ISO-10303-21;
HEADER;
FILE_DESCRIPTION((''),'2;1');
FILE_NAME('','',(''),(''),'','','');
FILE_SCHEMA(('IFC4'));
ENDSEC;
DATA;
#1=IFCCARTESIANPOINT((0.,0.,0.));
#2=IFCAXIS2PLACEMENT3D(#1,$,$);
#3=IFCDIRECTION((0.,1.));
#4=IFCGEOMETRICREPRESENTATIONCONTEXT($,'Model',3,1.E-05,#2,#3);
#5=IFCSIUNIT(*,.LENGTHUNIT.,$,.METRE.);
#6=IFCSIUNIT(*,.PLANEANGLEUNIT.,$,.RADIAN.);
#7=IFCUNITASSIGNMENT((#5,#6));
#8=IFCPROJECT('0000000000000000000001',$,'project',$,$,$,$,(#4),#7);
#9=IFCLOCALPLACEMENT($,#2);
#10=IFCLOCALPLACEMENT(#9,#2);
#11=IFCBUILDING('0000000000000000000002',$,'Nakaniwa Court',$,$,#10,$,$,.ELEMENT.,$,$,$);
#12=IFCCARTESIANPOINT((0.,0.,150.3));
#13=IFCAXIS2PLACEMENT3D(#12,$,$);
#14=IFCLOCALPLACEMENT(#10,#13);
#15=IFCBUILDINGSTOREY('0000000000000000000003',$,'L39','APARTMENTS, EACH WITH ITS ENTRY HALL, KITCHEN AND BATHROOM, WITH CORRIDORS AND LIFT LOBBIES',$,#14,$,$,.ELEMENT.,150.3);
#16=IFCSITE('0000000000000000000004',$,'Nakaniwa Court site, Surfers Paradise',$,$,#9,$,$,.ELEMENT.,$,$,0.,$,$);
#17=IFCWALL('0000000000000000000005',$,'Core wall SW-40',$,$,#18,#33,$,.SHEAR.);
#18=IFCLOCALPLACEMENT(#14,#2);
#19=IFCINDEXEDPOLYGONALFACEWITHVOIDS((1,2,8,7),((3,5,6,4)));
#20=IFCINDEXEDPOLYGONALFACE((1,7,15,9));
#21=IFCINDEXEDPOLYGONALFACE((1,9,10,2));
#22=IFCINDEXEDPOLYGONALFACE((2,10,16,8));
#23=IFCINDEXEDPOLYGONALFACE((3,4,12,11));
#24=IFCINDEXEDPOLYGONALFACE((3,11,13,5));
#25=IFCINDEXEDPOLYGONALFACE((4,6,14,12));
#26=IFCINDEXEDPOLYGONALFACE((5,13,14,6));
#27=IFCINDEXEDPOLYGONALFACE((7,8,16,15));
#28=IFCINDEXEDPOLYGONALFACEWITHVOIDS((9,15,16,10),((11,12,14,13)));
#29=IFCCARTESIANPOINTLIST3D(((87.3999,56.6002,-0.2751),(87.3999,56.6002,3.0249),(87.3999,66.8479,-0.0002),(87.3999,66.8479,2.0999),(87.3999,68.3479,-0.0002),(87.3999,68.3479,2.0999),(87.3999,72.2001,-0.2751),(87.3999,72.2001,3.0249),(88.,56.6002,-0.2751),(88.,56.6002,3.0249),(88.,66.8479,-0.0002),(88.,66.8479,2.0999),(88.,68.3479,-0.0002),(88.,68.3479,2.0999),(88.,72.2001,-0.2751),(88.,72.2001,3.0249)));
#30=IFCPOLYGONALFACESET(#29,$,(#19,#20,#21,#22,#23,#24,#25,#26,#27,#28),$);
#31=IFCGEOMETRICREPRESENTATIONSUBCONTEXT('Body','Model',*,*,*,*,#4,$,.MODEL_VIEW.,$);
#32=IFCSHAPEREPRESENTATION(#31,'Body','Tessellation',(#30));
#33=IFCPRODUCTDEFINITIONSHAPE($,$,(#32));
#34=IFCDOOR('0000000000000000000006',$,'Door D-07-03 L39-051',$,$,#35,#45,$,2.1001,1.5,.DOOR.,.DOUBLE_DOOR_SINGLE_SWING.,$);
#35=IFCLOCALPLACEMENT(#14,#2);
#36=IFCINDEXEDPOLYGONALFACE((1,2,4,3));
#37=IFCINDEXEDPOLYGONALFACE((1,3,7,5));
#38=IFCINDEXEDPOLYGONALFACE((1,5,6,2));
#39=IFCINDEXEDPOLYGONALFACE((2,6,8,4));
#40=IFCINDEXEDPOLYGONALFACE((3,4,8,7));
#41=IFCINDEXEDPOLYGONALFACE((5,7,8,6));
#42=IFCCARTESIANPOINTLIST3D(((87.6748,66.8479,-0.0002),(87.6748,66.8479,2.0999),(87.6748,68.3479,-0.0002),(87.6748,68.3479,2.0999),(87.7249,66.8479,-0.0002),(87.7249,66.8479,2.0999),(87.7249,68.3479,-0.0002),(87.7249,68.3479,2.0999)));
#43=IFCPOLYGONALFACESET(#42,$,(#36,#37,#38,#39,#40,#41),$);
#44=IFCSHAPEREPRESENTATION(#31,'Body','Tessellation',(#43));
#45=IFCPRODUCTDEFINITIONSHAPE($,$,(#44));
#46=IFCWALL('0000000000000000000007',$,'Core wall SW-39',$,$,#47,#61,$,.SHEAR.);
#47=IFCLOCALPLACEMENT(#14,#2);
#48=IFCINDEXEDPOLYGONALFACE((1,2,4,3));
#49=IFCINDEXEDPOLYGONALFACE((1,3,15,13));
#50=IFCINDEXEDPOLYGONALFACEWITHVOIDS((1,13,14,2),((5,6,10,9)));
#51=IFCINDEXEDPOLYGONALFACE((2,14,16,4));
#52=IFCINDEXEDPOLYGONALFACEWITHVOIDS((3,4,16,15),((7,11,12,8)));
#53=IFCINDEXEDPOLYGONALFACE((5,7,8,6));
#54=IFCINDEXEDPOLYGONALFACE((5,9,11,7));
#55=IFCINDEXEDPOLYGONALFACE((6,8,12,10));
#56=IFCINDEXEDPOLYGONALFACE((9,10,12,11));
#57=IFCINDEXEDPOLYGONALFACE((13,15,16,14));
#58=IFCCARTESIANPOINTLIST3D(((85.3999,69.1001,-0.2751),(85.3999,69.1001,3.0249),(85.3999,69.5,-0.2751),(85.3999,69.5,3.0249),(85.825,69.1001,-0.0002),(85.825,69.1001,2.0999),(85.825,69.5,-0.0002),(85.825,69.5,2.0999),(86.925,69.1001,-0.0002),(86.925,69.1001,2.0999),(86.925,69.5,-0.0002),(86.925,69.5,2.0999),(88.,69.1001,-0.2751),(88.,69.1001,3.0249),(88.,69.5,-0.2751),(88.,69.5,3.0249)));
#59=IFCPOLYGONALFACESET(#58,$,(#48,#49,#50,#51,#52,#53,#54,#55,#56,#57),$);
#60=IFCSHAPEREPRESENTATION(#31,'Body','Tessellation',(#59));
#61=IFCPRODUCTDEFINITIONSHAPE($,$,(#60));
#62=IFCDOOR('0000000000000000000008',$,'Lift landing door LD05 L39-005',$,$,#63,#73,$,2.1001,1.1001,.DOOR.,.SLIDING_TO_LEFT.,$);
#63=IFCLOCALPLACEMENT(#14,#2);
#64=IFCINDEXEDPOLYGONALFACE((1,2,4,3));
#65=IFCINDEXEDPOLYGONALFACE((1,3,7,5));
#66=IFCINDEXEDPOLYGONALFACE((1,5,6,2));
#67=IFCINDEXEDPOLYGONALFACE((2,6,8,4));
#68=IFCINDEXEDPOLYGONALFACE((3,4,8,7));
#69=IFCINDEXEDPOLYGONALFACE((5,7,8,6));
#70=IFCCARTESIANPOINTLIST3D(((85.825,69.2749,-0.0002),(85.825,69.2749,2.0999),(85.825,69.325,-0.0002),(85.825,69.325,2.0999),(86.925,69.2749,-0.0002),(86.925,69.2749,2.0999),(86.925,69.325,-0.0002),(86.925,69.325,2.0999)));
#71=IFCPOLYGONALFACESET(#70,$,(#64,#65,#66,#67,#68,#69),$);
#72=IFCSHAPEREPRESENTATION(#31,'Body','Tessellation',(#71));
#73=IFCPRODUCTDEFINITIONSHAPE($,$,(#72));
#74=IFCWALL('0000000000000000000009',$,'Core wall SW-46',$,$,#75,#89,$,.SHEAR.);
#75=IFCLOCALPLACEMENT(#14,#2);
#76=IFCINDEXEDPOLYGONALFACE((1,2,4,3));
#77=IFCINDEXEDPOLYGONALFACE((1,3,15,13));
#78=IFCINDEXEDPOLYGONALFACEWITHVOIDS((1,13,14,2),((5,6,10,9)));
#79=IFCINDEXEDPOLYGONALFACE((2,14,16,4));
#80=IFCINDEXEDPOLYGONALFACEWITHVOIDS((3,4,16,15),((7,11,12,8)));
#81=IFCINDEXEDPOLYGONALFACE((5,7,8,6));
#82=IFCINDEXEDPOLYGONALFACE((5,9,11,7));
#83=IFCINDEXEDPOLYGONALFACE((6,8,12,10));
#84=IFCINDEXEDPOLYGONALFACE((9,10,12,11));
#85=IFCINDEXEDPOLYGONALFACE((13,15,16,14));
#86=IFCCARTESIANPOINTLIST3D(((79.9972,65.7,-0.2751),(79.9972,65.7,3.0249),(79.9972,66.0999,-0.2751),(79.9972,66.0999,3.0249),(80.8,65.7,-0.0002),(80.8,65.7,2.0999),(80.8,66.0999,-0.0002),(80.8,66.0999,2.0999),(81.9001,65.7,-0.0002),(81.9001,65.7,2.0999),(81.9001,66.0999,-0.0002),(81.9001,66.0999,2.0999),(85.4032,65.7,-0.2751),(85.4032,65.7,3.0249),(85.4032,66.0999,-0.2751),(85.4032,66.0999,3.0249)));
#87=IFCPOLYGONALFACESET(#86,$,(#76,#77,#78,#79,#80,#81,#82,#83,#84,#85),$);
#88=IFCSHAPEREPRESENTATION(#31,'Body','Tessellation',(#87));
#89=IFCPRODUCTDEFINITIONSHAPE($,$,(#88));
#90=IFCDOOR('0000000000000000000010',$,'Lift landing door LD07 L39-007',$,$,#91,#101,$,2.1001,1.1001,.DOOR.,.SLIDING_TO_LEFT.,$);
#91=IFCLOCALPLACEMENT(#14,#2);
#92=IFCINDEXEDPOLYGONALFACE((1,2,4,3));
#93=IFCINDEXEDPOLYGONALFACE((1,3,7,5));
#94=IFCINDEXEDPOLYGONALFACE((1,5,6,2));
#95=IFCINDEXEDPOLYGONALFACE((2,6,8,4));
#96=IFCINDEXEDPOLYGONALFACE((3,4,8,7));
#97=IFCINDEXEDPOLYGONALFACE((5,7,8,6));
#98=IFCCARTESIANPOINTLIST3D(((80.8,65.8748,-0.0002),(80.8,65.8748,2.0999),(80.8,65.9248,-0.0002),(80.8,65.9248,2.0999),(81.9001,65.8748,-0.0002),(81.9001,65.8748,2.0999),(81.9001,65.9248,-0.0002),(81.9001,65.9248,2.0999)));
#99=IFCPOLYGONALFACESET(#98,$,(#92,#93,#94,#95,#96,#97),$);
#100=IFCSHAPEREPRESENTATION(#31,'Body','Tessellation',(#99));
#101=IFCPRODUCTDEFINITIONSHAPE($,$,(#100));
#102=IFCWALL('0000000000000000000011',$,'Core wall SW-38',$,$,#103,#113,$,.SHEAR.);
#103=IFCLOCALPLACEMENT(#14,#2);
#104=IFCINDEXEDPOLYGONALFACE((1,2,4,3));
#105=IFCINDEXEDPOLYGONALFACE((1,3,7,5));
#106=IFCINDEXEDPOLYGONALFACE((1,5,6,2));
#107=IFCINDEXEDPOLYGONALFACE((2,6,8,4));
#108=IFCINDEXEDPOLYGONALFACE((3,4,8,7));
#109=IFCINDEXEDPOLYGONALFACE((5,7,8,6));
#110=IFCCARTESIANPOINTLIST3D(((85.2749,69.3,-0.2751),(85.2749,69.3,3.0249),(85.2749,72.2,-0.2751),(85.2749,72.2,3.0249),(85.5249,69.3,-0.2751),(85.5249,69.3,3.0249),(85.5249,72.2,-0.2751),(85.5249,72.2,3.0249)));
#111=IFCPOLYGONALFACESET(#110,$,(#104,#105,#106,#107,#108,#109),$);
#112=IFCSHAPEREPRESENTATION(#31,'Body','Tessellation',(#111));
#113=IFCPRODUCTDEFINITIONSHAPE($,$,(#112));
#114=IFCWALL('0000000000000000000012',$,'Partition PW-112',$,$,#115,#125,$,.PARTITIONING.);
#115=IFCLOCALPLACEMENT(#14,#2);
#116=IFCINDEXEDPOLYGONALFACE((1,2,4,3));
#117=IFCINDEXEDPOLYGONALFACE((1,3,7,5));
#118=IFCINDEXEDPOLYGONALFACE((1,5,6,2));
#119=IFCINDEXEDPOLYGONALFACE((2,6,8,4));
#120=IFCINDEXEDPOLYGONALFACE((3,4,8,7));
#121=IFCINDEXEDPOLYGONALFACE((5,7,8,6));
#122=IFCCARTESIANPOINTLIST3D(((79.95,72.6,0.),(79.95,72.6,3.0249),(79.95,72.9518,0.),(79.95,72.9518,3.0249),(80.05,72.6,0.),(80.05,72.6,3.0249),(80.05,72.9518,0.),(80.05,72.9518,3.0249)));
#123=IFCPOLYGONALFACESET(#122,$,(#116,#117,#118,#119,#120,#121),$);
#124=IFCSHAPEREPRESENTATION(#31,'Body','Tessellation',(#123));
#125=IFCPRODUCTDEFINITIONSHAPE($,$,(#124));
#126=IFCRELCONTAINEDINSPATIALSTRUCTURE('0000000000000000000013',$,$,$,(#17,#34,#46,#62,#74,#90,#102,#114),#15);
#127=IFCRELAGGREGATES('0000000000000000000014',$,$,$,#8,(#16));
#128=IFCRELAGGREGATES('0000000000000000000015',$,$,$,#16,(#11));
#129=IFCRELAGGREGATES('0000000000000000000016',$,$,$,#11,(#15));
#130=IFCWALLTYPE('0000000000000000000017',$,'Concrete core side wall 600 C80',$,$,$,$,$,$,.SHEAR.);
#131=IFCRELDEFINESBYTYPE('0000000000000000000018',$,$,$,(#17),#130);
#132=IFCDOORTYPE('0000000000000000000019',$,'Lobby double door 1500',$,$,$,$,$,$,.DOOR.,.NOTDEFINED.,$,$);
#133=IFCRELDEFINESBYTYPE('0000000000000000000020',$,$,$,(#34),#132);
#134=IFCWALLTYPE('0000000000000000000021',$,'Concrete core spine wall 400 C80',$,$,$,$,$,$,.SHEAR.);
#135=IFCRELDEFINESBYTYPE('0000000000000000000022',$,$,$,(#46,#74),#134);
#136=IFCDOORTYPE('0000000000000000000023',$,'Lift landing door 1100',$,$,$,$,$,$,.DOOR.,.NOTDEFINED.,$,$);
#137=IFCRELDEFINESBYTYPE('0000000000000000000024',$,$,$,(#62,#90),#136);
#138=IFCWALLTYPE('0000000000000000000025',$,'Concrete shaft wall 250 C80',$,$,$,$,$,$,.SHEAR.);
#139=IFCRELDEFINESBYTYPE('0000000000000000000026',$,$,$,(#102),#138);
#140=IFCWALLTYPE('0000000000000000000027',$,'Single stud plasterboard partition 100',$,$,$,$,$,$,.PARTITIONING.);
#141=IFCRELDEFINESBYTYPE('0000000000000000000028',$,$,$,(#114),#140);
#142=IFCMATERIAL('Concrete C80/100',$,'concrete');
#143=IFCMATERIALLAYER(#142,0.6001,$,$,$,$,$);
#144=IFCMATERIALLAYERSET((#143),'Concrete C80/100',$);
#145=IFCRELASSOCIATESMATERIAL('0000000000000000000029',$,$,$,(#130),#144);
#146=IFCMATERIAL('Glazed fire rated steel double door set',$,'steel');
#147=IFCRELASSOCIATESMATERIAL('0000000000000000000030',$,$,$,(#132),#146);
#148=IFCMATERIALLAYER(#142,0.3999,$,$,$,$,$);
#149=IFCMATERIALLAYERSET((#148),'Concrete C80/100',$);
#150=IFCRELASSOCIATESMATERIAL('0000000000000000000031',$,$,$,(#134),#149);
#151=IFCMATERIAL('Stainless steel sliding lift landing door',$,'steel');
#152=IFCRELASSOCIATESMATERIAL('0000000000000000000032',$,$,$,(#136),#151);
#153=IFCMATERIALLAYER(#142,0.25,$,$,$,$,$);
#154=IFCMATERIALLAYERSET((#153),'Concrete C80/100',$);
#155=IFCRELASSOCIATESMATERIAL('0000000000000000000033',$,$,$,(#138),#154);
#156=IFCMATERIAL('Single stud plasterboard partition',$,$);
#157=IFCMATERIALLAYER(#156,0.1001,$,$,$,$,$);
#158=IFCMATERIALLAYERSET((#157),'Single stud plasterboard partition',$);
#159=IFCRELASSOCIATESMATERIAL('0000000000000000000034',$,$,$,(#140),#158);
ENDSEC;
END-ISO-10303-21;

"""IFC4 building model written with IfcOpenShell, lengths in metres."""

from ifc_helpers import new_model, si_unit, direction, frame, frame_2d, origin, place, context, subcontext, project, spatial, rectangle, extrude, material, layer, layer_set, type_object, element, fill, save


model = new_model("IFC4")

# Units and contexts
model_context = context("Model", 3, precision=1e-05, world=origin(), true_north=direction((0.0, 1.0)))
body_context = subcontext(model_context, "Body", "Model", "MODEL_VIEW")
ifc_project = project(units=[si_unit("LENGTHUNIT", "METRE"), si_unit("PLANEANGLEUNIT", "RADIAN")], contexts=[model_context])

# Site, building, storey
site_placement = place(None, origin())
site = spatial("IfcSite", under=ifc_project, at=site_placement, Name="Nakaniwa Court site, Surfers Paradise", CompositionType="ELEMENT", RefElevation=0.0)
building_placement = place(site_placement, origin())
building = spatial("IfcBuilding", under=site, at=building_placement, Name="Nakaniwa Court", CompositionType="ELEMENT")
storey_placement = place(building_placement, frame((0.0, 0.0, 150.3)))
storey = spatial("IfcBuildingStorey", under=building, at=storey_placement, Name="L39", Description="APARTMENTS, EACH WITH ITS ENTRY HALL, KITCHEN AND BATHROOM, WITH CORRIDORS AND LIFT LOBBIES", CompositionType="ELEMENT", Elevation=150.3)

# Walls, openings, doors
ifc_material_1 = material(Name="Concrete C80/100", Category="concrete")
ifc_layer_1 = layer(ifc_material_1, 0.6001)
ifc_layer_set_1 = layer_set([ifc_layer_1], Name="Concrete C80/100")
wall_type_1 = type_object("IfcWallType", Name="Concrete core side wall 600 C80", PredefinedType="SHEAR", material=ifc_layer_set_1)
wall_1_placement = place(storey_placement, frame((87.7, 72.2, -0.2751), z_axis=(0.0, 0.0, 1.0), x_axis=(0.0, -1.0, 0.0)))
wall_1 = element("IfcWall", 1, at=wall_1_placement, inside=storey, type_object=wall_type_1, Name="Core wall SW-40", PredefinedType="SHEAR", context=body_context, shape_type="SweptSolid", body=[
    extrude(rectangle(XDim=15.5999, YDim=0.6001, at=frame_2d((7.7998, 0.0))), origin(), (0.0, 0.0, 1.0), 3.3),
])
opening_1_placement = place(wall_1_placement, frame((3.8521, 0.0, 0.2749)))
opening_1 = element("IfcOpeningElement", 2, at=opening_1_placement, cuts=wall_1, PredefinedType="OPENING", context=body_context, shape_type="SweptSolid", body=[
    extrude(rectangle(XDim=1.5, YDim=2.1001, at=frame_2d((0.75, 1.05))), frame((0.0, 0.3101, 0.0), z_axis=(0.0, -1.0, 0.0), x_axis=(1.0, 0.0, 0.0)), (0.0, 0.0, 1.0), 0.6201),
])
ifc_material_2 = material(Name="Glazed fire rated steel double door set", Category="steel")
door_type_1 = type_object("IfcDoorType", Name="Lobby double door 1500", OperationType="NOTDEFINED", PredefinedType="DOOR", material=ifc_material_2)
door_1_placement = place(opening_1_placement, origin())
door_1 = element("IfcDoor", 3, at=door_1_placement, inside=storey, type_object=door_type_1, Name="Door D-07-03 L39-051", OperationType="DOUBLE_DOOR_SINGLE_SWING", OverallHeight=2.1001, OverallWidth=1.5, PredefinedType="DOOR", context=body_context, shape_type="SweptSolid", body=[
    extrude(rectangle(XDim=1.5, YDim=2.1001, at=frame_2d((0.75, 1.05))), frame((0.0, 0.0249, 0.0), z_axis=(0.0, -1.0, 0.0), x_axis=(1.0, 0.0, 0.0)), (0.0, 0.0, 1.0), 0.05),
])
fill(opening_1, door_1)
ifc_layer_2 = layer(ifc_material_1, 0.3999)
ifc_layer_set_2 = layer_set([ifc_layer_2], Name="Concrete C80/100")
wall_type_2 = type_object("IfcWallType", Name="Concrete core spine wall 400 C80", PredefinedType="SHEAR", material=ifc_layer_set_2)
wall_2_placement = place(storey_placement, frame((85.3999, 69.3, -0.2751), z_axis=(0.0, 0.0, 1.0), x_axis=(1.0, 0.0, 0.0)))
wall_2 = element("IfcWall", 4, at=wall_2_placement, inside=storey, type_object=wall_type_2, Name="Core wall SW-39", PredefinedType="SHEAR", context=body_context, shape_type="SweptSolid", body=[
    extrude(rectangle(XDim=2.6001, YDim=0.3999, at=frame_2d((1.3, 0.0))), origin(), (0.0, 0.0, 1.0), 3.3),
])
opening_2_placement = place(wall_2_placement, frame((0.425, 0.0, 0.2749)))
opening_2 = element("IfcOpeningElement", 5, at=opening_2_placement, cuts=wall_2, PredefinedType="OPENING", context=body_context, shape_type="SweptSolid", body=[
    extrude(rectangle(XDim=1.1001, YDim=2.1001, at=frame_2d((0.55, 1.05))), frame((0.0, 0.21, 0.0), z_axis=(0.0, -1.0, 0.0), x_axis=(1.0, 0.0, 0.0)), (0.0, 0.0, 1.0), 0.4199),
])
ifc_material_3 = material(Name="Stainless steel sliding lift landing door", Category="steel")
door_type_2 = type_object("IfcDoorType", Name="Lift landing door 1100", OperationType="NOTDEFINED", PredefinedType="DOOR", material=ifc_material_3)
door_2_placement = place(opening_2_placement, origin())
door_2 = element("IfcDoor", 6, at=door_2_placement, inside=storey, type_object=door_type_2, Name="Lift landing door LD05 L39-005", OperationType="SLIDING_TO_LEFT", OverallHeight=2.1001, OverallWidth=1.1001, PredefinedType="DOOR", context=body_context, shape_type="SweptSolid", body=[
    extrude(rectangle(XDim=1.1001, YDim=2.1001, at=frame_2d((0.55, 1.05))), frame((0.0, 0.0249, 0.0), z_axis=(0.0, -1.0, 0.0), x_axis=(1.0, 0.0, 0.0)), (0.0, 0.0, 1.0), 0.05),
])
fill(opening_2, door_2)
wall_3_placement = place(storey_placement, frame((79.9971, 65.8999, -0.2751), z_axis=(0.0, 0.0, 1.0), x_axis=(1.0, 0.0, 0.0)))
wall_3 = element("IfcWall", 7, at=wall_3_placement, inside=storey, type_object=wall_type_2, Name="Core wall SW-46", PredefinedType="SHEAR", context=body_context, shape_type="SweptSolid", body=[
    extrude(rectangle(XDim=5.406, YDim=0.3999, at=frame_2d((2.7031, 0.0))), origin(), (0.0, 0.0, 1.0), 3.3),
])
opening_3_placement = place(wall_3_placement, frame((0.803, 0.0, 0.2749)))
opening_3 = element("IfcOpeningElement", 8, at=opening_3_placement, cuts=wall_3, PredefinedType="OPENING", context=body_context, shape_type="SweptSolid", body=[
    extrude(rectangle(XDim=1.1001, YDim=2.1001, at=frame_2d((0.55, 1.05))), frame((0.0, 0.21, 0.0), z_axis=(0.0, -1.0, 0.0), x_axis=(1.0, 0.0, 0.0)), (0.0, 0.0, 1.0), 0.4199),
])
door_3_placement = place(opening_3_placement, origin())
door_3 = element("IfcDoor", 9, at=door_3_placement, inside=storey, type_object=door_type_2, Name="Lift landing door LD07 L39-007", OperationType="SLIDING_TO_LEFT", OverallHeight=2.1001, OverallWidth=1.1001, PredefinedType="DOOR", context=body_context, shape_type="SweptSolid", body=[
    extrude(rectangle(XDim=1.1001, YDim=2.1001, at=frame_2d((0.55, 1.05))), frame((0.0, 0.0249, 0.0), z_axis=(0.0, -1.0, 0.0), x_axis=(1.0, 0.0, 0.0)), (0.0, 0.0, 1.0), 0.05),
])
fill(opening_3, door_3)

# Walls
ifc_layer_3 = layer(ifc_material_1, 0.25)
ifc_layer_set_3 = layer_set([ifc_layer_3], Name="Concrete C80/100")
wall_type_3 = type_object("IfcWallType", Name="Concrete shaft wall 250 C80", PredefinedType="SHEAR", material=ifc_layer_set_3)
wall_4_placement = place(storey_placement, frame((85.3999, 69.3, -0.2751), z_axis=(0.0, 0.0, 1.0), x_axis=(0.0, 1.0, 0.0)))
element("IfcWall", 10, at=wall_4_placement, inside=storey, type_object=wall_type_3, Name="Core wall SW-38", PredefinedType="SHEAR", context=body_context, shape_type="SweptSolid", body=[
    extrude(rectangle(XDim=2.8999, YDim=0.25, at=frame_2d((1.45, 0.0))), origin(), (0.0, 0.0, 1.0), 3.3),
])
ifc_material_4 = material(Name="Single stud plasterboard partition")
ifc_layer_4 = layer(ifc_material_4, 0.1001)
ifc_layer_set_4 = layer_set([ifc_layer_4], Name="Single stud plasterboard partition")
wall_type_4 = type_object("IfcWallType", Name="Single stud plasterboard partition 100", PredefinedType="PARTITIONING", material=ifc_layer_set_4)
wall_5_placement = place(storey_placement, frame((80.0, 72.6001, 0.0), z_axis=(0.0, 0.0, 1.0), x_axis=(0.0, 1.0, 0.0)))
element("IfcWall", 11, at=wall_5_placement, inside=storey, type_object=wall_type_4, Name="Partition PW-112", PredefinedType="PARTITIONING", context=body_context, shape_type="SweptSolid", body=[
    extrude(rectangle(XDim=0.3518, YDim=0.1001, at=frame_2d((0.1758, 0.0))), origin(), (0.0, 0.0, 1.0), 3.0249),
])

save(model, "model.ifc")
